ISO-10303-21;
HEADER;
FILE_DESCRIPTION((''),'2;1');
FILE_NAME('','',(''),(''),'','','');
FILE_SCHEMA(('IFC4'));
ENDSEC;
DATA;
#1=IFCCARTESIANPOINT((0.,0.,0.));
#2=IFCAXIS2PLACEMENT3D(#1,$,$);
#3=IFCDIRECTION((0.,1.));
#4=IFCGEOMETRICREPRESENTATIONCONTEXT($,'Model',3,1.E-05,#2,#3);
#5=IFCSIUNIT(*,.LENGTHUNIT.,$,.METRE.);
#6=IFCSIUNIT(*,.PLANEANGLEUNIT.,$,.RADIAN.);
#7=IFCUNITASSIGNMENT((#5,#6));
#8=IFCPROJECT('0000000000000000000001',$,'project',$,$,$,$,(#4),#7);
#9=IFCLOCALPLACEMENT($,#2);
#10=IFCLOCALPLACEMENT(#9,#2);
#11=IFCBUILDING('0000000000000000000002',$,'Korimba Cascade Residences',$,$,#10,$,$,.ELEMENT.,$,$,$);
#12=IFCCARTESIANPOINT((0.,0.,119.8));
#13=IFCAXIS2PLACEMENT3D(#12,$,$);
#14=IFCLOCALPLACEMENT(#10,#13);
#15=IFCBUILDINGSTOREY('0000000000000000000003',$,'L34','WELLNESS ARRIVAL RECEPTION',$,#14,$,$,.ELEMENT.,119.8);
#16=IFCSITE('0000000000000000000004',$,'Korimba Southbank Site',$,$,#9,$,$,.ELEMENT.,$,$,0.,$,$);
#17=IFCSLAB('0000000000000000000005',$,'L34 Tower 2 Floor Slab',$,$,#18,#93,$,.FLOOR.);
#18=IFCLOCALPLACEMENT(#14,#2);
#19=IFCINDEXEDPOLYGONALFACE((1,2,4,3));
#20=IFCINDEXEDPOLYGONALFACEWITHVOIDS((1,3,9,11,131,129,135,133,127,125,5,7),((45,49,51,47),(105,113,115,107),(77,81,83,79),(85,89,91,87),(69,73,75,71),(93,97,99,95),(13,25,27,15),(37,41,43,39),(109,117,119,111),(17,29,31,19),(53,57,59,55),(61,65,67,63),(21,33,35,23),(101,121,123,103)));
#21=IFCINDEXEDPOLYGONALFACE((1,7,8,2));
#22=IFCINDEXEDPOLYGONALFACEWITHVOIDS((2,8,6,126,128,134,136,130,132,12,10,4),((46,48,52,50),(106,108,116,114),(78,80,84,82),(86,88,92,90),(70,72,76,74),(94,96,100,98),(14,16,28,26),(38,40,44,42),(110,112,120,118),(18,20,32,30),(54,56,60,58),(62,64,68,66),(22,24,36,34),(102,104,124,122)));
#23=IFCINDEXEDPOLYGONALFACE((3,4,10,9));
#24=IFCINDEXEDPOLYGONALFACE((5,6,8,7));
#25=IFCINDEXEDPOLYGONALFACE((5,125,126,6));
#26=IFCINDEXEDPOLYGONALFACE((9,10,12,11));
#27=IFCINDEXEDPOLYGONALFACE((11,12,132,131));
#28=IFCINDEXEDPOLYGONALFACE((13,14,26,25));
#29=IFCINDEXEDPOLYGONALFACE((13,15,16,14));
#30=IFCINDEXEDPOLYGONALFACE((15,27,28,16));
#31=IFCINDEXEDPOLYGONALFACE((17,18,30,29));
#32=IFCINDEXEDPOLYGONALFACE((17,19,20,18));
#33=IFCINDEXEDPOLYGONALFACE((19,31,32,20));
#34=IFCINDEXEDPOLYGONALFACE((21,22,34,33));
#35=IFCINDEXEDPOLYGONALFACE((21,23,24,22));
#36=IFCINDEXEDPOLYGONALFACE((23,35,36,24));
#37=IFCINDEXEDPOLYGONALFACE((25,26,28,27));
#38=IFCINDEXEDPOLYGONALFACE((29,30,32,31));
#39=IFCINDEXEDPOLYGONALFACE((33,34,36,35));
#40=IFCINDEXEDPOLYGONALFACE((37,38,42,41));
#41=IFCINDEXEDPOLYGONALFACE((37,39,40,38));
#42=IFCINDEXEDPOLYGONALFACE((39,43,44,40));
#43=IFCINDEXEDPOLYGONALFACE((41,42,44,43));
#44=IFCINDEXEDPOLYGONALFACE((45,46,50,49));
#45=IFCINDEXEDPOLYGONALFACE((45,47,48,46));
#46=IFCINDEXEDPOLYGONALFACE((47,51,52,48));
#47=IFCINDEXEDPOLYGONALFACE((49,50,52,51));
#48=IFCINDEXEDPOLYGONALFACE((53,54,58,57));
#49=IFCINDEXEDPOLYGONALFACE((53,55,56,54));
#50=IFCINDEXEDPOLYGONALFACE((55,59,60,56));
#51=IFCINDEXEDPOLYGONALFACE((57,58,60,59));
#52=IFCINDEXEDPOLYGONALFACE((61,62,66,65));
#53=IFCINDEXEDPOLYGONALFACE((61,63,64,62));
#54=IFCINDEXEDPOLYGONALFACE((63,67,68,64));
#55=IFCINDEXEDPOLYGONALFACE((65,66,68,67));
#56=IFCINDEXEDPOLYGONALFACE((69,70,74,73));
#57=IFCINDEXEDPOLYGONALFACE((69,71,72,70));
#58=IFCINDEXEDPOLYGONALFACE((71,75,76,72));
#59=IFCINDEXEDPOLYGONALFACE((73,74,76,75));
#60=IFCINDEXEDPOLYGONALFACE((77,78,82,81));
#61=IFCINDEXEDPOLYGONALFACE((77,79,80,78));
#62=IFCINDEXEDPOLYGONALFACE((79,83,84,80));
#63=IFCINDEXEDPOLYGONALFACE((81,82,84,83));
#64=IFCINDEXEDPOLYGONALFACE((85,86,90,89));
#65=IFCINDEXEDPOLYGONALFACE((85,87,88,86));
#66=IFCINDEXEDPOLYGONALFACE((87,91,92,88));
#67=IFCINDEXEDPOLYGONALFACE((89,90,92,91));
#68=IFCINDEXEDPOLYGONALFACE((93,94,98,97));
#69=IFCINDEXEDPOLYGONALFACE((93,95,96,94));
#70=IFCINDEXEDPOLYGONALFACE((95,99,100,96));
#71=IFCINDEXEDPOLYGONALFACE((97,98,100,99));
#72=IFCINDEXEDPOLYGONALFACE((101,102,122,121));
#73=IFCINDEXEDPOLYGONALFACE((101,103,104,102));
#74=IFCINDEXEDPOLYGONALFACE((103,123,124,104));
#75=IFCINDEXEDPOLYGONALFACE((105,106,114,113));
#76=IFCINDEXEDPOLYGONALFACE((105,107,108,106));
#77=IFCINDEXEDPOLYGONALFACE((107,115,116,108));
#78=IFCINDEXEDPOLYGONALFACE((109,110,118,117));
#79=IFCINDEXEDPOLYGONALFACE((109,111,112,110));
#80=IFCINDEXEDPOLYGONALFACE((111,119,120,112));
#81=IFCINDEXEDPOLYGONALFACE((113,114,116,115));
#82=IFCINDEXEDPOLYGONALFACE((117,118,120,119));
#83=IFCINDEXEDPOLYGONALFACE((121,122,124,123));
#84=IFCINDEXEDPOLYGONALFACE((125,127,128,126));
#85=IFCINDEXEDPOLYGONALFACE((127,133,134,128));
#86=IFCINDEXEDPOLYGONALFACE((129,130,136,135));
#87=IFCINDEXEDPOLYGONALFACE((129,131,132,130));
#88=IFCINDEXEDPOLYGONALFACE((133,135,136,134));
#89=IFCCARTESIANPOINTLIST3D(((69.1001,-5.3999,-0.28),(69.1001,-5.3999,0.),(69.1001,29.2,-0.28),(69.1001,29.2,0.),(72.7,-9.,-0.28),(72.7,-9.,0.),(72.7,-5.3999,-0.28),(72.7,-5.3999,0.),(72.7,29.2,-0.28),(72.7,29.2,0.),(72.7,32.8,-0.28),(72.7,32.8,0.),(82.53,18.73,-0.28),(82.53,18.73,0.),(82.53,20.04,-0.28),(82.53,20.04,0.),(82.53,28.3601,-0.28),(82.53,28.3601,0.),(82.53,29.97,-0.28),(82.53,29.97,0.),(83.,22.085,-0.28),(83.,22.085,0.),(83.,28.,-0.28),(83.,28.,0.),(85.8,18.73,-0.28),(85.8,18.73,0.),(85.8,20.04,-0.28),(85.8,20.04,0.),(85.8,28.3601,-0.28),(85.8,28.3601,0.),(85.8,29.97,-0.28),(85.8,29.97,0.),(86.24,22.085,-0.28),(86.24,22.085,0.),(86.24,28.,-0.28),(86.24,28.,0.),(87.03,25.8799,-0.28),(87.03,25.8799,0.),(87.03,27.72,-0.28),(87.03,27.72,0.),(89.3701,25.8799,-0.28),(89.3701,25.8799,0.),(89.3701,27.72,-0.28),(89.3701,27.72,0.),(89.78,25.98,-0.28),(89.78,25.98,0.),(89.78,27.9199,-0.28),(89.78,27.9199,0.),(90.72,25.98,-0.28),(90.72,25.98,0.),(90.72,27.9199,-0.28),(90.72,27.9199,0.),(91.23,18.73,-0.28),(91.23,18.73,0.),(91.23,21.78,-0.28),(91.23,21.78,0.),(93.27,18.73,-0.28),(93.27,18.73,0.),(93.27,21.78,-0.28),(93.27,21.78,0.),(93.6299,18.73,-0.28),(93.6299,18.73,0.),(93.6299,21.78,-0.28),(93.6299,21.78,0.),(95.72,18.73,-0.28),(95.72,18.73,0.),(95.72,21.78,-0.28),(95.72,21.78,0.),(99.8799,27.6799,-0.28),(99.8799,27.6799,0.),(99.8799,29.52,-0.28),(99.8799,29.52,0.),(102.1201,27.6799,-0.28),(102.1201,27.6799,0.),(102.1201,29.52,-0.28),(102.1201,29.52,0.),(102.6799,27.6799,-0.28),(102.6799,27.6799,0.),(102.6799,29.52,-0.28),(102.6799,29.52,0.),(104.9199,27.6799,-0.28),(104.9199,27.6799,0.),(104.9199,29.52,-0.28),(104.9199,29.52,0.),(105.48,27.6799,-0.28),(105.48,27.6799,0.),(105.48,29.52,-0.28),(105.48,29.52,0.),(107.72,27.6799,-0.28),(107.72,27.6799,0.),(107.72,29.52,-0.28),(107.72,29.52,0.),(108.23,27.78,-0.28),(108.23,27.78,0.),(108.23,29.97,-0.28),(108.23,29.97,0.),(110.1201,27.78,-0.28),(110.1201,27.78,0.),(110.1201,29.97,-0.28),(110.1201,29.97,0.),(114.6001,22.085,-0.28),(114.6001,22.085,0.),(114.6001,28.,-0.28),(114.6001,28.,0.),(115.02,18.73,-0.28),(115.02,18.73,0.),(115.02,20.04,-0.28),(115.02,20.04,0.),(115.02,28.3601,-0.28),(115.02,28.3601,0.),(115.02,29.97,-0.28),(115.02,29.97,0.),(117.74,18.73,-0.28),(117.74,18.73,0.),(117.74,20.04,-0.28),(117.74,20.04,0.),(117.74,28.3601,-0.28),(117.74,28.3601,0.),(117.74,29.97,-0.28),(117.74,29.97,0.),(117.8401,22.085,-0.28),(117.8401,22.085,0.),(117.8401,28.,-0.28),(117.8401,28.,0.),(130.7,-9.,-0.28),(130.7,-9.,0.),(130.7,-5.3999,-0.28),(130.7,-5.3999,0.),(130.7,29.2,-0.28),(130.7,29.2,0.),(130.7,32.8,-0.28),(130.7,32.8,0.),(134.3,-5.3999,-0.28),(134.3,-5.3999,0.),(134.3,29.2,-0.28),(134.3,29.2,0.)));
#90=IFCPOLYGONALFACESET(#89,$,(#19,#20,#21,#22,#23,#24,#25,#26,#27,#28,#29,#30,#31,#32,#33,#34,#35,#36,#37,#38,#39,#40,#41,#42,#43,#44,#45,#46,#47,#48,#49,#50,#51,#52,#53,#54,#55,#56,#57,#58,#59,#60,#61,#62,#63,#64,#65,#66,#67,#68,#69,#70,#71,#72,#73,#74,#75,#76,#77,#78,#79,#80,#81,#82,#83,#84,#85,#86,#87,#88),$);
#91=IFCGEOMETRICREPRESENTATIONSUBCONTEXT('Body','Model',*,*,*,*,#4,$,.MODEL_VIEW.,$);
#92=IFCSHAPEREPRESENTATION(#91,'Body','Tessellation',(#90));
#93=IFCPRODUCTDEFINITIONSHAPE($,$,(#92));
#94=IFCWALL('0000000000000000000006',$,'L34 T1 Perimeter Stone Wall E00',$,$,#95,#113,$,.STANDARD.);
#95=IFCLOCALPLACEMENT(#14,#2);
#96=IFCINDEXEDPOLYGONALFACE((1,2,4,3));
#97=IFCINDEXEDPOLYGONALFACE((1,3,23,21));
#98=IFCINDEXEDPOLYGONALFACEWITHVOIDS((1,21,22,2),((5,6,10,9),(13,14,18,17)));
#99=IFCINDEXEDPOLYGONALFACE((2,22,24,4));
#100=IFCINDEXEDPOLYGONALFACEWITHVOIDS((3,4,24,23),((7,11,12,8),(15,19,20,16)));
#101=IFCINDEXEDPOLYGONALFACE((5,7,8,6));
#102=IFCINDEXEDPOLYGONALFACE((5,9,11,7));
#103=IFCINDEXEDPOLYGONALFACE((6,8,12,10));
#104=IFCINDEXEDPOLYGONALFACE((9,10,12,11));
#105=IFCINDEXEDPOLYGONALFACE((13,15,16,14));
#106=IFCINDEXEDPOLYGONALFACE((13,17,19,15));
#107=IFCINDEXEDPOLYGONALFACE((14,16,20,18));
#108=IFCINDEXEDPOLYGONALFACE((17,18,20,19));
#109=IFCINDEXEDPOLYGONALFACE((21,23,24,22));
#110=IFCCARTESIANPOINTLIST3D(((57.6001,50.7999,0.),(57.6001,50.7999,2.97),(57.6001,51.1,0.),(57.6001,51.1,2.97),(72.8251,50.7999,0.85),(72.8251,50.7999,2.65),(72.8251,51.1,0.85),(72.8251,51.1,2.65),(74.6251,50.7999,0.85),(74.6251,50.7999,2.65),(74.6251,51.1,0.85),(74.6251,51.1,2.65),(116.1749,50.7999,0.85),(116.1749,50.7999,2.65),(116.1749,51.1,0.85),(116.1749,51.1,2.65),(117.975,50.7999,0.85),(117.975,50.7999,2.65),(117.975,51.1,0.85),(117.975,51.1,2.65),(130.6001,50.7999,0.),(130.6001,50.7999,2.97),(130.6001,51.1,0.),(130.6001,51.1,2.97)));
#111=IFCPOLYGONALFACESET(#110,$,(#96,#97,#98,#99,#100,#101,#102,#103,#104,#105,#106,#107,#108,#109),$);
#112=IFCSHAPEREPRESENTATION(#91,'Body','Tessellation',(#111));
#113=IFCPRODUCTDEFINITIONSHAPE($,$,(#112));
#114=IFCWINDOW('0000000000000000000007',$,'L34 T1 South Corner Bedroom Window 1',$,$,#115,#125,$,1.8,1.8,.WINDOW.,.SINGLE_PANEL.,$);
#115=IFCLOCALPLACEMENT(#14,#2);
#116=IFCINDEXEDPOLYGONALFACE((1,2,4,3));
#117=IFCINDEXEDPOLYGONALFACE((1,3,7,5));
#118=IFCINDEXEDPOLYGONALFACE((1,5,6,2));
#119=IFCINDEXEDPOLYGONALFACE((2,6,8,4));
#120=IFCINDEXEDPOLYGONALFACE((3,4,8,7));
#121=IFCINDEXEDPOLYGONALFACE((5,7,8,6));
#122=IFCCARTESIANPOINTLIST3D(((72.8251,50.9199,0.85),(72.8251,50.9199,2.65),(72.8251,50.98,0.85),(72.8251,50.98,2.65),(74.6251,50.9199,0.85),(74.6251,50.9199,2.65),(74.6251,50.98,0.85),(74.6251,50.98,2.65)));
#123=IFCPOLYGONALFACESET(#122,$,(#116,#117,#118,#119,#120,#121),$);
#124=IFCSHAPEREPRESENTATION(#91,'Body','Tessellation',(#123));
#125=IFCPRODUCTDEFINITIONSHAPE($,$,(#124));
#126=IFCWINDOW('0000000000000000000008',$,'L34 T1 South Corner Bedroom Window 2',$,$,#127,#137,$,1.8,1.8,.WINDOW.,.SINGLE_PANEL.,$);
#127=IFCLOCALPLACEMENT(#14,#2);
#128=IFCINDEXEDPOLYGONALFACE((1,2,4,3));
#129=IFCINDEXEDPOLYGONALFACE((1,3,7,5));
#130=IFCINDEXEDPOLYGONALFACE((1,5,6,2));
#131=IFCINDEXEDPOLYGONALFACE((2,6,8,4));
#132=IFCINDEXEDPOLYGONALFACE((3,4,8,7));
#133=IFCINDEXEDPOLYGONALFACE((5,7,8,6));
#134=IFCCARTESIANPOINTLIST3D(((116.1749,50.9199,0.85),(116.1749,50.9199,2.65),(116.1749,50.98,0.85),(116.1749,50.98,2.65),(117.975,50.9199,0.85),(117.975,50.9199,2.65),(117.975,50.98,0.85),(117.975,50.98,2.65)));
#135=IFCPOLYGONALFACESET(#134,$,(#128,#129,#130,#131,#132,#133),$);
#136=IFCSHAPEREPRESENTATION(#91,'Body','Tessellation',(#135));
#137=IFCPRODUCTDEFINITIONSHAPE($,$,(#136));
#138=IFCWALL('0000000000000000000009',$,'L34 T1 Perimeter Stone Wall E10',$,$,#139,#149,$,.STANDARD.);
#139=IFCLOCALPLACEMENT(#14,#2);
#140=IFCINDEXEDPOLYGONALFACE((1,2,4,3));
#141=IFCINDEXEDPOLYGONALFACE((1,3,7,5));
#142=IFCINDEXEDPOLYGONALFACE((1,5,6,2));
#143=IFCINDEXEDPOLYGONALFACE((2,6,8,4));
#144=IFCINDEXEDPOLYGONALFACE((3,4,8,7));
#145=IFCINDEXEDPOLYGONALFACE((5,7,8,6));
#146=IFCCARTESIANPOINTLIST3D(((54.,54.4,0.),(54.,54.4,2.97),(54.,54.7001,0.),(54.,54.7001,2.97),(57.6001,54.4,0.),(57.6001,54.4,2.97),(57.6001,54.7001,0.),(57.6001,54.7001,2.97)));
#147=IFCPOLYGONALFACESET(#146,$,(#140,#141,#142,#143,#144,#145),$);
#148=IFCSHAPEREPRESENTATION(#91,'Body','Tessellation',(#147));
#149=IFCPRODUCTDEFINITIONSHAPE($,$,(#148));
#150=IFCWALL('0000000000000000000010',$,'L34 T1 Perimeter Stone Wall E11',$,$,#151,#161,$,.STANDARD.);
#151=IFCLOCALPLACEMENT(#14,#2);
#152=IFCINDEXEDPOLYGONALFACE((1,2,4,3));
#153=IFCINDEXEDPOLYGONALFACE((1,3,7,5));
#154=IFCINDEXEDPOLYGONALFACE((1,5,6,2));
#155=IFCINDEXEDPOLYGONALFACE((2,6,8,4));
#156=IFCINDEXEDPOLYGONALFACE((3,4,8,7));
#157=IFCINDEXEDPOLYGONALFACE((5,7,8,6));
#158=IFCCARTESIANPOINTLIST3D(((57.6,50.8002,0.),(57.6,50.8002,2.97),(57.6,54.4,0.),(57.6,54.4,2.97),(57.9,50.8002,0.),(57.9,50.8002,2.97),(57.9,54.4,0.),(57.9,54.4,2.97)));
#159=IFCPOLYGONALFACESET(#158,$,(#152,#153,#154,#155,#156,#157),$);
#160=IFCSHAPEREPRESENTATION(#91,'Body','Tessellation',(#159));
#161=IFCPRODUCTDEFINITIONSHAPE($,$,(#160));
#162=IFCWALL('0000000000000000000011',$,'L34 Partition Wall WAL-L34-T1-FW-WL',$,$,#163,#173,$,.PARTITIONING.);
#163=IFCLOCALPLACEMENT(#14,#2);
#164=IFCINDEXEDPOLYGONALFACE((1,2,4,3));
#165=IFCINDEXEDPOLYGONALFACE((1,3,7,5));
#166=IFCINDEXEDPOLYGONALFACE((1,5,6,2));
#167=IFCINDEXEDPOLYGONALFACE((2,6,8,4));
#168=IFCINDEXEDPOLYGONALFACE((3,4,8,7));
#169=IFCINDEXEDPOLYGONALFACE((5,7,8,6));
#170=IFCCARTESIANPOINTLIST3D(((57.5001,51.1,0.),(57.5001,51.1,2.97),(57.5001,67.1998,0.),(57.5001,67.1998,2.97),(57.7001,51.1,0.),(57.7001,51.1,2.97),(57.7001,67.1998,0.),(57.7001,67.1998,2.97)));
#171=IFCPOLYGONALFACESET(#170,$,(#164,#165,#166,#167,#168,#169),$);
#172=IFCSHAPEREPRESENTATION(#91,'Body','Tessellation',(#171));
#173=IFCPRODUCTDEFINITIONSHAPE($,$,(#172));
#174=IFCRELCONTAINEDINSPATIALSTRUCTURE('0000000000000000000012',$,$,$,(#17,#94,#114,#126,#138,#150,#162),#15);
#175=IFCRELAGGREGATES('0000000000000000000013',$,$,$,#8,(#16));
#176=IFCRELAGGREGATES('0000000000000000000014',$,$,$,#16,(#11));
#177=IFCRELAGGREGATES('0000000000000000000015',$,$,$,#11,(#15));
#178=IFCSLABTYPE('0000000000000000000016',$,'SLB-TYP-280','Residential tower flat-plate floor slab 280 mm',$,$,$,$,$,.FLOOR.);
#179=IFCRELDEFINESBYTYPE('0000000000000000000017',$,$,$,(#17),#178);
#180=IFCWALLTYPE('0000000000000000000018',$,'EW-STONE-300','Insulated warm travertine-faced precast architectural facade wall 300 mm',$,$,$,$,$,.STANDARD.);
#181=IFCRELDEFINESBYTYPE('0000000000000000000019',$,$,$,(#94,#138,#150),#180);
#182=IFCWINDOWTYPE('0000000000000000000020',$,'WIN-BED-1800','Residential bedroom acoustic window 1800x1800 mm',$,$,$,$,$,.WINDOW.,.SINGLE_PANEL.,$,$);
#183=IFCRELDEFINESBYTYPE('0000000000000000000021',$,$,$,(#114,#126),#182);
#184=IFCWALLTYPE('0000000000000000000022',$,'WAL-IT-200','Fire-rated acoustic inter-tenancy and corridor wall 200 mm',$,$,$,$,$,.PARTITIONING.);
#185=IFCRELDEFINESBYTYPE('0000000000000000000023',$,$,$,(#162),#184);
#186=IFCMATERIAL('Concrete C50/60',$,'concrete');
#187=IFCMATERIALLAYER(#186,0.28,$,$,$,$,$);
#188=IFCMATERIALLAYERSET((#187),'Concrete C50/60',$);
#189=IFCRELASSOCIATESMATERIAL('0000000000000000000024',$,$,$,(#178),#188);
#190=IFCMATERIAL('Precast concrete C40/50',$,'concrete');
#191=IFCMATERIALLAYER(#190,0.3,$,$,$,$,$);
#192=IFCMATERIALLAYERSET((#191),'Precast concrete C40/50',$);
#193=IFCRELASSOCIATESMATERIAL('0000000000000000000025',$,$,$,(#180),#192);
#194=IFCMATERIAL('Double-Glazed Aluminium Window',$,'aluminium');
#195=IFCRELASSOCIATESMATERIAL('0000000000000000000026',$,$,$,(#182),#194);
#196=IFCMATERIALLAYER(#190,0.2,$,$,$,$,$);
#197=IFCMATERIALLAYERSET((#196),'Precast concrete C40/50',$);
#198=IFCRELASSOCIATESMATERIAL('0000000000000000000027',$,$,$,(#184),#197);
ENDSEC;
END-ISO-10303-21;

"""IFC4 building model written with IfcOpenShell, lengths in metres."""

from ifc_helpers import new_model, si_unit, direction, frame, frame_2d, origin, place, context, subcontext, project, spatial, polyline, rectangle, outline, extrude, material, layer, layer_set, type_object, element, fill, save


model = new_model("IFC4")

# Units and contexts
model_context = context("Model", 3, precision=1e-05, world=origin(), true_north=direction((0.0, 1.0)))
body_context = subcontext(model_context, "Body", "Model", "MODEL_VIEW")
ifc_project = project(units=[si_unit("LENGTHUNIT", "METRE"), si_unit("PLANEANGLEUNIT", "RADIAN")], contexts=[model_context])

# Site, building, storey
site_placement = place(None, origin())
site = spatial("IfcSite", under=ifc_project, at=site_placement, Name="Korimba Southbank Site", CompositionType="ELEMENT", RefElevation=0.0)
building_placement = place(site_placement, origin())
building = spatial("IfcBuilding", under=site, at=building_placement, Name="Korimba Cascade Residences", CompositionType="ELEMENT")
storey_placement = place(building_placement, frame((0.0, 0.0, 119.8)))
storey = spatial("IfcBuildingStorey", under=building, at=storey_placement, Name="L34", Description="WELLNESS ARRIVAL RECEPTION", CompositionType="ELEMENT", Elevation=119.8)

# Shared definitions
ifc_material_1 = material(Name="Concrete C50/60", Category="concrete")

# Slab
ifc_material_2 = material(Name="Precast concrete C40/50", Category="concrete")
ifc_layer_1 = layer(ifc_material_1, 0.28)
ifc_layer_set_1 = layer_set([ifc_layer_1], Name="Concrete C50/60")
slab_type_1 = type_object("IfcSlabType", Name="SLB-TYP-280", Description="Residential tower flat-plate floor slab 280 mm", PredefinedType="FLOOR", material=ifc_layer_set_1)
slab_1_placement = place(storey_placement, frame((0.0, 0.0, -0.28)))
element("IfcSlab", 1, at=slab_1_placement, inside=storey, type_object=slab_type_1, Name="L34 Tower 2 Floor Slab", PredefinedType="FLOOR", context=body_context, shape_type="SweptSolid", body=[
    extrude(outline(polyline([(72.7, -9.0), (130.7, -9.0), (130.7, -5.3999), (134.3, -5.3999), (134.3, 29.2), (130.7, 29.2), (130.7, 32.8), (72.7, 32.8), (72.7, 29.2), (69.1001, 29.2), (69.1001, -5.3999), (72.7, -5.3999), (72.7, -9.0)]), holes=[polyline([(86.24, 22.085), (86.24, 28.0), (83.0, 28.0), (83.0, 22.085), (86.24, 22.085)]), polyline([(117.8401, 22.085), (117.8401, 28.0), (114.6001, 28.0), (114.6001, 22.085), (117.8401, 22.085)]), polyline([(87.03, 25.8799), (89.3701, 25.8799), (89.3701, 27.72), (87.03, 27.72), (87.03, 25.8799)]), polyline([(99.8799, 27.6799), (102.1201, 27.6799), (102.1201, 29.52), (99.8799, 29.52), (99.8799, 27.6799)]), polyline([(102.6799, 27.6799), (104.9199, 27.6799), (104.9199, 29.52), (102.6799, 29.52), (102.6799, 27.6799)]), polyline([(105.48, 27.6799), (107.72, 27.6799), (107.72, 29.52), (105.48, 29.52), (105.48, 27.6799)]), polyline([(89.78, 25.98), (90.72, 25.98), (90.72, 27.9199), (89.78, 27.9199), (89.78, 25.98)]), polyline([(82.53, 18.73), (85.8, 18.73), (85.8, 20.04), (82.53, 20.04), (82.53, 18.73)]), polyline([(82.53, 28.3601), (85.8, 28.3601), (85.8, 29.97), (82.53, 29.97), (82.53, 28.3601)]), polyline([(108.23, 27.78), (110.1201, 27.78), (110.1201, 29.97), (108.23, 29.97), (108.23, 27.78)]), polyline([(91.23, 18.73), (93.27, 18.73), (93.27, 21.78), (91.23, 21.78), (91.23, 18.73)]), polyline([(93.6299, 18.73), (95.72, 18.73), (95.72, 21.78), (93.6299, 21.78), (93.6299, 18.73)]), polyline([(115.02, 18.73), (117.74, 18.73), (117.74, 20.04), (115.02, 20.04), (115.02, 18.73)]), polyline([(115.02, 28.3601), (117.74, 28.3601), (117.74, 29.97), (115.02, 29.97), (115.02, 28.3601)])]), origin(), (0.0, 0.0, 1.0), 0.28),
])

# Wall, openings, windows
ifc_layer_2 = layer(ifc_material_2, 0.3)
ifc_layer_set_2 = layer_set([ifc_layer_2], Name="Precast concrete C40/50")
wall_type_1 = type_object("IfcWallType", Name="EW-STONE-300", Description="Insulated warm travertine-faced precast architectural facade wall 300 mm", PredefinedType="STANDARD", material=ifc_layer_set_2)
wall_1_placement = place(storey_placement, frame((57.6001, 50.95, 0.0), z_axis=(0.0, 0.0, 1.0), x_axis=(1.0, 0.0, 0.0)))
wall_1 = element("IfcWall", 2, at=wall_1_placement, inside=storey, type_object=wall_type_1, Name="L34 T1 Perimeter Stone Wall E00", PredefinedType="STANDARD", context=body_context, shape_type="SweptSolid", body=[
    extrude(rectangle(XDim=73.0, YDim=0.3, at=frame_2d((36.5, 0.0))), origin(), (0.0, 0.0, 1.0), 2.97),
])
opening_1_placement = place(wall_1_placement, frame((15.2251, 0.0, 0.8501)))
opening_1 = element("IfcOpeningElement", 3, at=opening_1_placement, cuts=wall_1, PredefinedType="OPENING", context=body_context, shape_type="SweptSolid", body=[
    extrude(rectangle(XDim=1.8, YDim=1.8, at=frame_2d((0.8999, 0.8999))), frame((0.0, 0.1602, 0.0), z_axis=(0.0, -1.0, 0.0), x_axis=(1.0, 0.0, 0.0)), (0.0, 0.0, 1.0), 0.3201),
])
opening_2_placement = place(wall_1_placement, frame((58.575, 0.0, 0.8501)))
opening_2 = element("IfcOpeningElement", 4, at=opening_2_placement, cuts=wall_1, PredefinedType="OPENING", context=body_context, shape_type="SweptSolid", body=[
    extrude(rectangle(XDim=1.8, YDim=1.8, at=frame_2d((0.8999, 0.8999))), frame((0.0, 0.1602, 0.0), z_axis=(0.0, -1.0, 0.0), x_axis=(1.0, 0.0, 0.0)), (0.0, 0.0, 1.0), 0.3201),
])
ifc_material_3 = material(Name="Double-Glazed Aluminium Window", Category="aluminium")
window_type = type_object("IfcWindowType", Name="WIN-BED-1800", Description="Residential bedroom acoustic window 1800x1800 mm", PartitioningType="SINGLE_PANEL", PredefinedType="WINDOW", material=ifc_material_3)
window_1_placement = place(opening_1_placement, origin())
window_1 = element("IfcWindow", 5, at=window_1_placement, inside=storey, type_object=window_type, Name="L34 T1 South Corner Bedroom Window 1", OverallHeight=1.8, OverallWidth=1.8, PartitioningType="SINGLE_PANEL", PredefinedType="WINDOW", context=body_context, shape_type="SweptSolid", body=[
    extrude(rectangle(XDim=1.8, YDim=1.8, at=frame_2d((0.8999, 0.8999))), frame((0.0, 0.03, 0.0), z_axis=(0.0, -1.0, 0.0), x_axis=(1.0, 0.0, 0.0)), (0.0, 0.0, 1.0), 0.0601),
])
fill(opening_1, window_1)
window_2_placement = place(opening_2_placement, origin())
window_2 = element("IfcWindow", 6, at=window_2_placement, inside=storey, type_object=window_type, Name="L34 T1 South Corner Bedroom Window 2", OverallHeight=1.8, OverallWidth=1.8, PartitioningType="SINGLE_PANEL", PredefinedType="WINDOW", context=body_context, shape_type="SweptSolid", body=[
    extrude(rectangle(XDim=1.8, YDim=1.8, at=frame_2d((0.8999, 0.8999))), frame((0.0, 0.03, 0.0), z_axis=(0.0, -1.0, 0.0), x_axis=(1.0, 0.0, 0.0)), (0.0, 0.0, 1.0), 0.0601),
])
fill(opening_2, window_2)

# Walls
wall_2_placement = place(storey_placement, frame((54.0, 54.55, 0.0), z_axis=(0.0, 0.0, 1.0), x_axis=(1.0, 0.0, 0.0)))
element("IfcWall", 7, at=wall_2_placement, inside=storey, type_object=wall_type_1, Name="L34 T1 Perimeter Stone Wall E10", PredefinedType="STANDARD", context=body_context, shape_type="SweptSolid", body=[
    extrude(rectangle(XDim=3.6001, YDim=0.3, at=frame_2d((1.8, 0.0))), origin(), (0.0, 0.0, 1.0), 2.97),
])
wall_3_placement = place(storey_placement, frame((57.75, 54.3999, 0.0), z_axis=(0.0, 0.0, 1.0), x_axis=(0.0, -1.0, 0.0)))
element("IfcWall", 8, at=wall_3_placement, inside=storey, type_object=wall_type_1, Name="L34 T1 Perimeter Stone Wall E11", PredefinedType="STANDARD", context=body_context, shape_type="SweptSolid", body=[
    extrude(rectangle(XDim=3.5999, YDim=0.3, at=frame_2d((1.7998, 0.0))), origin(), (0.0, 0.0, 1.0), 2.97),
])
ifc_layer_3 = layer(ifc_material_2, 0.2)
ifc_layer_set_3 = layer_set([ifc_layer_3], Name="Precast concrete C40/50")
wall_type_2 = type_object("IfcWallType", Name="WAL-IT-200", Description="Fire-rated acoustic inter-tenancy and corridor wall 200 mm", PredefinedType="PARTITIONING", material=ifc_layer_set_3)
wall_4_placement = place(storey_placement, frame((57.6001, 51.1001, 0.0), z_axis=(0.0, 0.0, 1.0), x_axis=(0.0, 1.0, 0.0)))
element("IfcWall", 9, at=wall_4_placement, inside=storey, type_object=wall_type_2, Name="L34 Partition Wall WAL-L34-T1-FW-WL", PredefinedType="PARTITIONING", context=body_context, shape_type="SweptSolid", body=[
    extrude(rectangle(XDim=16.0999, YDim=0.2, at=frame_2d((8.0498, 0.0))), origin(), (0.0, 0.0, 1.0), 2.97),
])

save(model, "model.ifc")
